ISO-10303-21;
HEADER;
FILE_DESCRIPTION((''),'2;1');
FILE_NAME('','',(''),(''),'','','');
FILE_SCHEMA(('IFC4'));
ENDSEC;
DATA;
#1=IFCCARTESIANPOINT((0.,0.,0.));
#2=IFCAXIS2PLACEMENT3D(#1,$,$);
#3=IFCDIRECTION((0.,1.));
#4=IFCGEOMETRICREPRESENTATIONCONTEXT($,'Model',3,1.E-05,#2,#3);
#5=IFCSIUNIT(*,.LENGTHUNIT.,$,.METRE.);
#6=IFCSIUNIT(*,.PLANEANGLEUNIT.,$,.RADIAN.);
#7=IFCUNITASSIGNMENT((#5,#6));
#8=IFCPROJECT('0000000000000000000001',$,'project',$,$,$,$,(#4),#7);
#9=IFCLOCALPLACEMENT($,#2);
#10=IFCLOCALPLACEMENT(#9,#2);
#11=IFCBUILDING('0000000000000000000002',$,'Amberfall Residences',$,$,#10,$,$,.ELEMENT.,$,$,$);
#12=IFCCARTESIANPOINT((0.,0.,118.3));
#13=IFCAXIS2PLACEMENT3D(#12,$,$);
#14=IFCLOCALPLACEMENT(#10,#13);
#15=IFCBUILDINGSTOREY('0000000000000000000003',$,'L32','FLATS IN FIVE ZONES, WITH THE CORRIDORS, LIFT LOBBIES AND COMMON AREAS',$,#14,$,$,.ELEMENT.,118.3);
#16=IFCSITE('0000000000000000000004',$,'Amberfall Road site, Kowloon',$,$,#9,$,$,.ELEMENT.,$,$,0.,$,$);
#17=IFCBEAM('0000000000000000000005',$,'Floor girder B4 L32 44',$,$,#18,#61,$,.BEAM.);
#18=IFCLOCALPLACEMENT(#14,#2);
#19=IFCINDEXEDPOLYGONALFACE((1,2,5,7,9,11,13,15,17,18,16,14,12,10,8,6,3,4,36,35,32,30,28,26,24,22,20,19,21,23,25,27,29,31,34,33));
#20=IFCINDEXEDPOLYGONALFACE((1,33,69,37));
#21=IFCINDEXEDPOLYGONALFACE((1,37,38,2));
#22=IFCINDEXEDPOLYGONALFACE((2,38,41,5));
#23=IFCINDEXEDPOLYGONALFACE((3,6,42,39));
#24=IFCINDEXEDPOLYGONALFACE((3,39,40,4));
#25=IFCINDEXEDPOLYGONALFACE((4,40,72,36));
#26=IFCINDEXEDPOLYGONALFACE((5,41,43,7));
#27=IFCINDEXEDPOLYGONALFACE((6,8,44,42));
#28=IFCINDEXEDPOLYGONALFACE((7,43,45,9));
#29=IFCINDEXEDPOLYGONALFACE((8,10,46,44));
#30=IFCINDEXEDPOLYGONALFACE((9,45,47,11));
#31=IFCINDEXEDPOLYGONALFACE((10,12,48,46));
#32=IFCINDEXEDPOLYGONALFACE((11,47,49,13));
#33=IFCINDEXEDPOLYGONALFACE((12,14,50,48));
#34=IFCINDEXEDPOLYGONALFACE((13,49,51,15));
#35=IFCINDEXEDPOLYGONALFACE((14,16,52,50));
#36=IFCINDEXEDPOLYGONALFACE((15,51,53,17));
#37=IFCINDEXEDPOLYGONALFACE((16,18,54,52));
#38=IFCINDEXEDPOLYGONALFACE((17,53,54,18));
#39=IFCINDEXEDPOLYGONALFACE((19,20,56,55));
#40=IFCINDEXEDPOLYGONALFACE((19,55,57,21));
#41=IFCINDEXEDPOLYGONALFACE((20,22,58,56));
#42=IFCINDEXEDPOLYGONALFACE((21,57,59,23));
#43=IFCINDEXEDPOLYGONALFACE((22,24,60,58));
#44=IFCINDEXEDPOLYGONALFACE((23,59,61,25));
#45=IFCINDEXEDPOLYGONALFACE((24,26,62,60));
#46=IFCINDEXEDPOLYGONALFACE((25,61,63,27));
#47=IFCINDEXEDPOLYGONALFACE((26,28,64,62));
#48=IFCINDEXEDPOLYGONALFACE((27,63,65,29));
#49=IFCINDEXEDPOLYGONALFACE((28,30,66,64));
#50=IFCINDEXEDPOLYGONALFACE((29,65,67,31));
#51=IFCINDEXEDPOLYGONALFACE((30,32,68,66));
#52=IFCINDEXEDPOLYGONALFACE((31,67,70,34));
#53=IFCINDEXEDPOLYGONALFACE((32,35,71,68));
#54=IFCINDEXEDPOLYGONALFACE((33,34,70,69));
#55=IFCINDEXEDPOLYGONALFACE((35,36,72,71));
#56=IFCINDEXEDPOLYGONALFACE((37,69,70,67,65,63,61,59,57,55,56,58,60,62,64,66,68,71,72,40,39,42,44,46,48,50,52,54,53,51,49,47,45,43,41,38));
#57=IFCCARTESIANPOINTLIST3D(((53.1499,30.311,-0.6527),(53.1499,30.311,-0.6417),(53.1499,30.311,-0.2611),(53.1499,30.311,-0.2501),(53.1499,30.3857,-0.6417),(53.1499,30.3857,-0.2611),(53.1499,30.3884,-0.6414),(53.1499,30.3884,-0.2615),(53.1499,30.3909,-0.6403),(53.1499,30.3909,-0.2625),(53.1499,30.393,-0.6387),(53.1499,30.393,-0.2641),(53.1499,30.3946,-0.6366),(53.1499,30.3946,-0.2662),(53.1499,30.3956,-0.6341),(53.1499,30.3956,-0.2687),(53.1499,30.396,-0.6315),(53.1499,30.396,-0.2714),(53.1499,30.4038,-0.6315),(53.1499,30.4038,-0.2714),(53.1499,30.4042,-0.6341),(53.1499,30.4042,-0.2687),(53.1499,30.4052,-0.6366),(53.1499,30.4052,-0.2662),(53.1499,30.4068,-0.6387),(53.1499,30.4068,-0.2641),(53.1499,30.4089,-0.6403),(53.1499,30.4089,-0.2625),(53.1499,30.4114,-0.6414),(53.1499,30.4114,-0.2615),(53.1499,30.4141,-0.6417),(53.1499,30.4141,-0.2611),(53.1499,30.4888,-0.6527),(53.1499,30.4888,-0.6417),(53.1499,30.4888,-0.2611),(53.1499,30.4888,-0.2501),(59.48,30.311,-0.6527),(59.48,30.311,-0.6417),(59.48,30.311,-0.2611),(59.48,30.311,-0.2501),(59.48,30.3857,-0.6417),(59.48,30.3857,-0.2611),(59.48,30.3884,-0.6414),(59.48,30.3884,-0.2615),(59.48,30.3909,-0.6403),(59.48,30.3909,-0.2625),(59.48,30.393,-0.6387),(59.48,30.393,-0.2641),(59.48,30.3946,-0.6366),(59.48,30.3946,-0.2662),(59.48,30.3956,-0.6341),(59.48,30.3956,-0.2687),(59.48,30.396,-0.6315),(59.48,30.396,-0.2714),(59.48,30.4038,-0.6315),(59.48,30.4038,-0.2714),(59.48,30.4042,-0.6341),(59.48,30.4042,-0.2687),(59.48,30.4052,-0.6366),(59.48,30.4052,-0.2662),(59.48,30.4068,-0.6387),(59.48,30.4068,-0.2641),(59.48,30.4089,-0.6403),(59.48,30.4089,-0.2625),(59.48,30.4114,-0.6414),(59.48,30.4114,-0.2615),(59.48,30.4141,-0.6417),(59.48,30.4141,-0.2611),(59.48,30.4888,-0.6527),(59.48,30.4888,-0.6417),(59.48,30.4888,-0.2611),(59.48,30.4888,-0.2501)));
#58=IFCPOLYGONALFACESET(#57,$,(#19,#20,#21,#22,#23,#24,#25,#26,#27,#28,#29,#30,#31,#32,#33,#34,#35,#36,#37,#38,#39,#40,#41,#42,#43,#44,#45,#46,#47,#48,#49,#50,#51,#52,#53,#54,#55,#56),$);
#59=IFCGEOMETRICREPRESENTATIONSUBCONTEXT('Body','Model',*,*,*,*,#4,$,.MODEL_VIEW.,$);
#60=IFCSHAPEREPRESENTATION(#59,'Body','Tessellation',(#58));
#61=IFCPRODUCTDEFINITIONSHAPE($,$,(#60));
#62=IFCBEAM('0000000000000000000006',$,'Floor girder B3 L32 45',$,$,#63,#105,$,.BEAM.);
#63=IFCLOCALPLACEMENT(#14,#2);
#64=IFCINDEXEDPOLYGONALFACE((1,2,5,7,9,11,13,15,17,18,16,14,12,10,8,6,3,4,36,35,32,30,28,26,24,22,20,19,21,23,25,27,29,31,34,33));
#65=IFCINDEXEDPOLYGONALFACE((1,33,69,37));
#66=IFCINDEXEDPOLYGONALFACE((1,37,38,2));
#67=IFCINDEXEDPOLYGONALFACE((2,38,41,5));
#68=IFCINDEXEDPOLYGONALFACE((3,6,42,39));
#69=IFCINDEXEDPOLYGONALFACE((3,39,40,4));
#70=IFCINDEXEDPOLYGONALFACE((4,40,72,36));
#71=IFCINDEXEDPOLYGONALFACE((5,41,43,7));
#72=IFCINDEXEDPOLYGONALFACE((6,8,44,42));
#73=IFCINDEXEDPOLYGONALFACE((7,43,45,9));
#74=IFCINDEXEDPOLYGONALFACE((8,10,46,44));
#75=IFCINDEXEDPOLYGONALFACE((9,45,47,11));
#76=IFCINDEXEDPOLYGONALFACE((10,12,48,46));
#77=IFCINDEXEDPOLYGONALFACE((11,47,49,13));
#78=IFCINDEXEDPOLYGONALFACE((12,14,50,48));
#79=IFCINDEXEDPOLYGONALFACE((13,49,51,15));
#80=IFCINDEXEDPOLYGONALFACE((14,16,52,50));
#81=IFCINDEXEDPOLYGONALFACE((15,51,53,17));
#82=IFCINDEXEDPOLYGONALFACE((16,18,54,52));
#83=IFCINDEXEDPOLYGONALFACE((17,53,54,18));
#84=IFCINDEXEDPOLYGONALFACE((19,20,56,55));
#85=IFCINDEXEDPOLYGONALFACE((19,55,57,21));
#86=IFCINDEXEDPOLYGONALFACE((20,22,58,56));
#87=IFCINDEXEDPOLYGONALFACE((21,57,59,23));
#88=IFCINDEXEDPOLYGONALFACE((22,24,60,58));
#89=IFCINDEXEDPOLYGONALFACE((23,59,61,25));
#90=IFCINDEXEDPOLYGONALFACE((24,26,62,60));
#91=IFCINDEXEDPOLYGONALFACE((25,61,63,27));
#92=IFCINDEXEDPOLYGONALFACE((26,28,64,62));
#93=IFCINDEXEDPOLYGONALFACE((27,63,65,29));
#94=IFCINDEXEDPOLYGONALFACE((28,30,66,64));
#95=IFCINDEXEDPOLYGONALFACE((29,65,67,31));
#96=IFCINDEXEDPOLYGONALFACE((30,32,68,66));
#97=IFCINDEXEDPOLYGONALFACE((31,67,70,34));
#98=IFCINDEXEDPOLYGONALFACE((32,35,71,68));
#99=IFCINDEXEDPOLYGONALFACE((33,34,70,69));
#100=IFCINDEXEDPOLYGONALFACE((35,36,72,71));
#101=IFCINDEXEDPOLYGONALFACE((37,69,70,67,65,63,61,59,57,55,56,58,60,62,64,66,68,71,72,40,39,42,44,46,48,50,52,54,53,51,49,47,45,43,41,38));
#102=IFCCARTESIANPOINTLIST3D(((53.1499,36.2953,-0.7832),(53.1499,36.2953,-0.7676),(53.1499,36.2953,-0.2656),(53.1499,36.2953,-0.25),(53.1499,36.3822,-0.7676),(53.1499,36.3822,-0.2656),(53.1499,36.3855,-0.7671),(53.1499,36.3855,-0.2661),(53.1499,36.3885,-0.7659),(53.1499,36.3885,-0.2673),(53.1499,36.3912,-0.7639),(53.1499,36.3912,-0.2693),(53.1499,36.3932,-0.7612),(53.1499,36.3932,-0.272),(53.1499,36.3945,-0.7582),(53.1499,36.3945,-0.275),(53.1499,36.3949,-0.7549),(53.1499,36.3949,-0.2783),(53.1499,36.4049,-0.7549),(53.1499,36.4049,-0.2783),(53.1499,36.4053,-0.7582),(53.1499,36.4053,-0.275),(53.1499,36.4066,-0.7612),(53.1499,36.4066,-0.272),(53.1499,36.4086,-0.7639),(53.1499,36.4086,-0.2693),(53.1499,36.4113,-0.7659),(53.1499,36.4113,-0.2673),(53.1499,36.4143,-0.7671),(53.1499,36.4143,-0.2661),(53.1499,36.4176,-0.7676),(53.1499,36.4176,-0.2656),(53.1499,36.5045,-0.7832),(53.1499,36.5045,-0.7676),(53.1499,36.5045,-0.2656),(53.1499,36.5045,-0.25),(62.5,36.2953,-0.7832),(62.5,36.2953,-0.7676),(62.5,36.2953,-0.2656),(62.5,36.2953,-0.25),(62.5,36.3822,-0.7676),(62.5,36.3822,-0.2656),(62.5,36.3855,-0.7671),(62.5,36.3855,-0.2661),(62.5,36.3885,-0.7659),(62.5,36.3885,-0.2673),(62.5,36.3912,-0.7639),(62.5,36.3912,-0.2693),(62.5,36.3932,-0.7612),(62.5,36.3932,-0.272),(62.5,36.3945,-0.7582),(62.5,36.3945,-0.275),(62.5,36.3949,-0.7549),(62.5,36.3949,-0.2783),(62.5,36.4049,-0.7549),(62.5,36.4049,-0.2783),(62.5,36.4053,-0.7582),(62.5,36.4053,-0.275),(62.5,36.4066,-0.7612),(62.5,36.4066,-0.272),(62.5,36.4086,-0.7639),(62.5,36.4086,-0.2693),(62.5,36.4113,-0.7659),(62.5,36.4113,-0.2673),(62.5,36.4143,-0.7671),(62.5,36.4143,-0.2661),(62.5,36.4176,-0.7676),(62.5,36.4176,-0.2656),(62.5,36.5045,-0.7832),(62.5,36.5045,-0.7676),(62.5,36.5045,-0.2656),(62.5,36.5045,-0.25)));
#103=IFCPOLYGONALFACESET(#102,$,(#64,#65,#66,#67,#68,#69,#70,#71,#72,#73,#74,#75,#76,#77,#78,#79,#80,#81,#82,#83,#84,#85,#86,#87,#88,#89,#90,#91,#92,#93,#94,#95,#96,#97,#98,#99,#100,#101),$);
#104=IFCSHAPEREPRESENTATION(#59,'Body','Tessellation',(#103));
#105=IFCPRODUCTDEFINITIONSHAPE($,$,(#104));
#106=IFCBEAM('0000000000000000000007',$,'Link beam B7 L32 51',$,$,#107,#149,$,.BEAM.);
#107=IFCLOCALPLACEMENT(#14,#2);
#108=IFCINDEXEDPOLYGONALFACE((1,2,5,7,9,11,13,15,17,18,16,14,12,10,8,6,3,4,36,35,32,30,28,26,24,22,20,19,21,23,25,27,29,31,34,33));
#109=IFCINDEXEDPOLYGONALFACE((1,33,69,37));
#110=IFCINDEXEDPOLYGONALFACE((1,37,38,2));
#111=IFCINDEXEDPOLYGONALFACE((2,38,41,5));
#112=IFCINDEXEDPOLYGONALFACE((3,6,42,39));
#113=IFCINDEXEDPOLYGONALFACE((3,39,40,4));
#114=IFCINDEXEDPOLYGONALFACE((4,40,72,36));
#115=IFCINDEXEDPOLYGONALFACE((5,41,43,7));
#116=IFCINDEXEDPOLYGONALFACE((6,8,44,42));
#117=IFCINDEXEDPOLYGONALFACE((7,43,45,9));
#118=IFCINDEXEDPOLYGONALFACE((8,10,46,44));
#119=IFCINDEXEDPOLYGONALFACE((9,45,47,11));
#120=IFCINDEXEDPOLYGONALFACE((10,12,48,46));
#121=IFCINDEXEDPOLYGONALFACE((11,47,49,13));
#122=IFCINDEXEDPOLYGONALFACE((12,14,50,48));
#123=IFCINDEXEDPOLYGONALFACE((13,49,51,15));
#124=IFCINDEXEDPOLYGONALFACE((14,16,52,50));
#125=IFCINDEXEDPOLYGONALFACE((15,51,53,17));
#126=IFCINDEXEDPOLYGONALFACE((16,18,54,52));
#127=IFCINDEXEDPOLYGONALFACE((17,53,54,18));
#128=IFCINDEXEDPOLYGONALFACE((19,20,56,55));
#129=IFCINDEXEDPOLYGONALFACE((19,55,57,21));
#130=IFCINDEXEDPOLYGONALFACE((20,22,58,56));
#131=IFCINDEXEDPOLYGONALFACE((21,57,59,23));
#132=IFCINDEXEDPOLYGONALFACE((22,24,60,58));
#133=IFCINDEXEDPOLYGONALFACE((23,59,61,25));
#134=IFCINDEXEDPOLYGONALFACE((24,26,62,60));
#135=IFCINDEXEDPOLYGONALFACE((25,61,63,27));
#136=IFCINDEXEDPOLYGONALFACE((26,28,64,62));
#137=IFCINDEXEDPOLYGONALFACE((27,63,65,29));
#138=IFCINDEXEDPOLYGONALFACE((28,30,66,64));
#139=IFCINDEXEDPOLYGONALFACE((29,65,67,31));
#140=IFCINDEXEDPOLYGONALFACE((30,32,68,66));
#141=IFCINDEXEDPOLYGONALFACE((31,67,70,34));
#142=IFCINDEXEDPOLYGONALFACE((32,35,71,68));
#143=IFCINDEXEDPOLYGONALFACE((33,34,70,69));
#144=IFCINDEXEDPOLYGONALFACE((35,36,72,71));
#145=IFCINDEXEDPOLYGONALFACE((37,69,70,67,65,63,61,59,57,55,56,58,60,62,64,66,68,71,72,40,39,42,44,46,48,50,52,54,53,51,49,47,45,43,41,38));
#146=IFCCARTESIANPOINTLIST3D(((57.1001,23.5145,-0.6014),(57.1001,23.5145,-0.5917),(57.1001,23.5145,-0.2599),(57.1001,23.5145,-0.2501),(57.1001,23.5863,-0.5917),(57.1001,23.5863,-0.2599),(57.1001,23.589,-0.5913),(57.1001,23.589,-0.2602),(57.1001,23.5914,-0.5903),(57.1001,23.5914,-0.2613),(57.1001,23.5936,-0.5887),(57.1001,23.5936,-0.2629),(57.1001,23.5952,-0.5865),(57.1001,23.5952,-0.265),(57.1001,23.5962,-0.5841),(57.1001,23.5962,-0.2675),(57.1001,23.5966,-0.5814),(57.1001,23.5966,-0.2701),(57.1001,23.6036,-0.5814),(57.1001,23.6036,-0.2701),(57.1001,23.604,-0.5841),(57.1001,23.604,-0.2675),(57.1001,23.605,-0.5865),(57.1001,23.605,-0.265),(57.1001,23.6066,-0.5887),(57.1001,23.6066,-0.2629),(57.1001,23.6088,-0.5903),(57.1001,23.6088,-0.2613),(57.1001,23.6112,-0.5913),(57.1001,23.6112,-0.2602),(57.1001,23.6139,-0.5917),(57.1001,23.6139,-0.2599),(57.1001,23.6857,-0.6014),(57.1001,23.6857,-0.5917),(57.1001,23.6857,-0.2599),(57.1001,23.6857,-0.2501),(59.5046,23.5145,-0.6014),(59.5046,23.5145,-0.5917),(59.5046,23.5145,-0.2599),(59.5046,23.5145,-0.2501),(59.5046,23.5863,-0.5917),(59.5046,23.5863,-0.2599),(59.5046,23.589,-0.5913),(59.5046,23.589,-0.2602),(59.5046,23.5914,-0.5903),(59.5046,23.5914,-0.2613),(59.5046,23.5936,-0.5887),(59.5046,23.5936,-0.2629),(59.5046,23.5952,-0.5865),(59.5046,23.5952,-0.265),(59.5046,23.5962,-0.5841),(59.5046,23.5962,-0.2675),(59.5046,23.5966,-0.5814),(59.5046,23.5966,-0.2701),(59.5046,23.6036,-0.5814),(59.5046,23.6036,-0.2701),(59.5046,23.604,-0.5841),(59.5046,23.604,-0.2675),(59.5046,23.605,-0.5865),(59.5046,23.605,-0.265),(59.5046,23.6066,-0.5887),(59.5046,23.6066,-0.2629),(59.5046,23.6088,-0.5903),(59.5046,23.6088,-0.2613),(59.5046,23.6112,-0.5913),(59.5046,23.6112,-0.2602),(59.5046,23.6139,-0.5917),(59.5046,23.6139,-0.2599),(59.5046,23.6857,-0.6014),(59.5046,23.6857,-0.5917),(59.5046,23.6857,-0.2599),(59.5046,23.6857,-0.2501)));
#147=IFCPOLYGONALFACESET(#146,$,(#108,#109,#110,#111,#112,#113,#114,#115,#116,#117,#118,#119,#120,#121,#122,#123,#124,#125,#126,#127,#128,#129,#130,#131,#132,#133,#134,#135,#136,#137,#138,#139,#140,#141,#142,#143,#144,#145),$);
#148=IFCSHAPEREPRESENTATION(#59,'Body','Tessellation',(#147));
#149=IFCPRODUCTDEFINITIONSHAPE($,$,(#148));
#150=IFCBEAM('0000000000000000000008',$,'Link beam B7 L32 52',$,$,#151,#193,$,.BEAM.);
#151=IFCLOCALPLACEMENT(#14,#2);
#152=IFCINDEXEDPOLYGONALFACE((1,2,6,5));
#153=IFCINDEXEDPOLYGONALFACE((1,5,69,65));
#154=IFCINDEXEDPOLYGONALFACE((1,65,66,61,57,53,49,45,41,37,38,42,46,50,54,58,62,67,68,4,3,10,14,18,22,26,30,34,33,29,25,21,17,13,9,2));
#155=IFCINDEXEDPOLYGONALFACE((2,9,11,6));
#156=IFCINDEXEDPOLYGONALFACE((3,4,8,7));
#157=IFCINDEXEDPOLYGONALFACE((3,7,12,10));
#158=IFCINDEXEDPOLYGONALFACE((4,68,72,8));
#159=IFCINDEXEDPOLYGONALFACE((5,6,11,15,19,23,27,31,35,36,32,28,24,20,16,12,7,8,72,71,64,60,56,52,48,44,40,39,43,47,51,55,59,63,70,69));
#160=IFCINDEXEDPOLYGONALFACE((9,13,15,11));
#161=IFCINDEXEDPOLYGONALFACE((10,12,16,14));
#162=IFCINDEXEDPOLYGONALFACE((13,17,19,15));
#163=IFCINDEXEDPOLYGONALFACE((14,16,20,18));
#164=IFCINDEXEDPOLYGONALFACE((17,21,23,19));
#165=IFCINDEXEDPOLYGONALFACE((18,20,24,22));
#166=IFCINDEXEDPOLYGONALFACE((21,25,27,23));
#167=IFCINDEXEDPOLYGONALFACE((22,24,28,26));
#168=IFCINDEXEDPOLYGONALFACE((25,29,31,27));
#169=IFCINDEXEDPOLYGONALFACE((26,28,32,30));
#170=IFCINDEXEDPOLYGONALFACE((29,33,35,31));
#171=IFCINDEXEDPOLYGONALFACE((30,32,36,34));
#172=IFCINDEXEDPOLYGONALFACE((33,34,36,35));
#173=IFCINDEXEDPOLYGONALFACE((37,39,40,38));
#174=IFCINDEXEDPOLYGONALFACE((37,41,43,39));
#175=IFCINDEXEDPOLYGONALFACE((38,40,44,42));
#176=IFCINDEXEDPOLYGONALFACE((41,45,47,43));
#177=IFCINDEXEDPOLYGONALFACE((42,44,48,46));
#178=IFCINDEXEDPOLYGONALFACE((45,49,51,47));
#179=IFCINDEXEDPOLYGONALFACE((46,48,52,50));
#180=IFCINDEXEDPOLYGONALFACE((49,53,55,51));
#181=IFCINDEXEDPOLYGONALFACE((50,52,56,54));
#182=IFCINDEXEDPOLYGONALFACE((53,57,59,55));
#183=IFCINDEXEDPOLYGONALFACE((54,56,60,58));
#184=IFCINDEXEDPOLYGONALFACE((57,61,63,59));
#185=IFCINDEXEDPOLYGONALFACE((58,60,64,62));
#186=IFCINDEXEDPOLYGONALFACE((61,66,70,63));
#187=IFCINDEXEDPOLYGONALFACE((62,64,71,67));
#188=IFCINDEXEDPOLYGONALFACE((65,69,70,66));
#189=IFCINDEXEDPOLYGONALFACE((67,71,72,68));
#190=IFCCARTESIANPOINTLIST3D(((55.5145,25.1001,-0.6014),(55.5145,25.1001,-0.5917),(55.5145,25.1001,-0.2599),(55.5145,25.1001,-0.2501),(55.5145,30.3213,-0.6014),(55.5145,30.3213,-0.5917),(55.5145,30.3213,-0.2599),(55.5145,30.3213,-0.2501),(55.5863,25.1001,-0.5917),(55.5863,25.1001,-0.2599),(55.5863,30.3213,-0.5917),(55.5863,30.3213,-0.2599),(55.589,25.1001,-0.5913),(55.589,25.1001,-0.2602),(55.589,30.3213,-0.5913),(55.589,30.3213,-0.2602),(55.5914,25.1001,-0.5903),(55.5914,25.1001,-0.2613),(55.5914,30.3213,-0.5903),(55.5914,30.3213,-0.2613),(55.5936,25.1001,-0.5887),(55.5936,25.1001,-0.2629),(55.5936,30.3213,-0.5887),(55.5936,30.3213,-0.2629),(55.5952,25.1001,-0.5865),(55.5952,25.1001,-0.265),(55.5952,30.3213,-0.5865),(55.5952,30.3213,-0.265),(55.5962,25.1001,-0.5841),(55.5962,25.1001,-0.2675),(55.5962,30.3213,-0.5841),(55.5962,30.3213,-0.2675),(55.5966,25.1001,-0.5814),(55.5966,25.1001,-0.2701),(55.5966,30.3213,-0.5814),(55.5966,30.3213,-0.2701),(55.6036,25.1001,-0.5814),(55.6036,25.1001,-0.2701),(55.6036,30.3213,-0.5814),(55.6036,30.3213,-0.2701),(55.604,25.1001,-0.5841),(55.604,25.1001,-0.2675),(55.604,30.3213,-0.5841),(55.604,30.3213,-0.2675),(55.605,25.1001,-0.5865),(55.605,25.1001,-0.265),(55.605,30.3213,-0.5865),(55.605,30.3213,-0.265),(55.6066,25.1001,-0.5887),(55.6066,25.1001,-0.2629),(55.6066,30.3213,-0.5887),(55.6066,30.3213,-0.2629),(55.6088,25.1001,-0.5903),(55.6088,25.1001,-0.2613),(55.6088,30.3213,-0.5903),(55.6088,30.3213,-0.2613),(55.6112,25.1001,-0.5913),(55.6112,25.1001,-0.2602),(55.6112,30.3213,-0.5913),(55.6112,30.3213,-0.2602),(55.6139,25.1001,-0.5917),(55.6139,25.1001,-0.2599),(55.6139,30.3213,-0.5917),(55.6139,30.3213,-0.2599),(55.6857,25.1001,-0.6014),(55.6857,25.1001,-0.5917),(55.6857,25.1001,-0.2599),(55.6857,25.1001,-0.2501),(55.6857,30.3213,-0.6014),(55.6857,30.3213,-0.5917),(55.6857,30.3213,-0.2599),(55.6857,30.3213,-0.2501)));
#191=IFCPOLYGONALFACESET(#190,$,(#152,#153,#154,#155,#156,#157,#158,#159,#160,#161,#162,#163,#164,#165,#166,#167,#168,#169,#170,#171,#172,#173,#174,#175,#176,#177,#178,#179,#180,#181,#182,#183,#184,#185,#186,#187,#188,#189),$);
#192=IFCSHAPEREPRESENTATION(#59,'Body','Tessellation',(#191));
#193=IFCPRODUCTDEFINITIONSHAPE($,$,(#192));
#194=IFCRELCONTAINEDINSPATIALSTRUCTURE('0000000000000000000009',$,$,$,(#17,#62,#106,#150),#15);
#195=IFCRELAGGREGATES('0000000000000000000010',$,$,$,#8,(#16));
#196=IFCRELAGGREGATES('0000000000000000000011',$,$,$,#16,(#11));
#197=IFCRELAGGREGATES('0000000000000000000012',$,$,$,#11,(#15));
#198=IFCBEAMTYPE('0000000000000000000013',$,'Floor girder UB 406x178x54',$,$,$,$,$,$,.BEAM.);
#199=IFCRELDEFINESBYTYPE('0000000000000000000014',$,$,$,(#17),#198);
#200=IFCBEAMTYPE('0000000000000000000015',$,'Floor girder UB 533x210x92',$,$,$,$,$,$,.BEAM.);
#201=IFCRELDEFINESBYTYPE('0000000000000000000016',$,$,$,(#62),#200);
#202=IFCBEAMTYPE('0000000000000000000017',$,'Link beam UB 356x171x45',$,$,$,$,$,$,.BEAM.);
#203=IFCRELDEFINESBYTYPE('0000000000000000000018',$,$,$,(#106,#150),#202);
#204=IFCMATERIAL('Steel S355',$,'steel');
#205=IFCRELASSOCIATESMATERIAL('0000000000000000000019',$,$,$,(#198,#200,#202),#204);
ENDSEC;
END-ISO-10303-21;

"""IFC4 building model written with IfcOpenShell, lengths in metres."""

from ifc_helpers import new_model, si_unit, direction, frame, origin, origin_2d, place, context, subcontext, project, spatial, i_section, extrude, material, material_profile, profile_set, type_object, element, save


model = new_model("IFC4")

# Units and contexts
model_context = context("Model", 3, precision=1e-05, world=origin(), true_north=direction((0.0, 1.0)))
body_context = subcontext(model_context, "Body", "Model", "MODEL_VIEW")
ifc_project = project(units=[si_unit("LENGTHUNIT", "METRE"), si_unit("PLANEANGLEUNIT", "RADIAN")], contexts=[model_context])

# Site, building, storey
site_placement = place(None, origin())
site = spatial("IfcSite", under=ifc_project, at=site_placement, Name="Amberfall Road site, Kowloon", CompositionType="ELEMENT", RefElevation=0.0)
building_placement = place(site_placement, origin())
building = spatial("IfcBuilding", under=site, at=building_placement, Name="Amberfall Residences", CompositionType="ELEMENT")
storey_placement = place(building_placement, frame((0.0, 0.0, 118.3)))
storey = spatial("IfcBuildingStorey", under=building, at=storey_placement, Name="L32", Description="FLATS IN FIVE ZONES, WITH THE CORRIDORS, LIFT LOBBIES AND COMMON AREAS", CompositionType="ELEMENT", Elevation=118.3)

# Beams
ifc_material_1 = material(Name="Steel S355", Category="steel")
ifc_material_profile_1 = material_profile(ifc_material_1, i_section(OverallWidth=0.1777, OverallDepth=0.4026, WebThickness=0.0078, FlangeThickness=0.011, FilletRadius=0.0103, at=origin_2d()), Name="UB 406x178x54")
ifc_profile_set_1 = profile_set([ifc_material_profile_1], Name="Steel S355")
beam_type_1 = type_object("IfcBeamType", Name="Floor girder UB 406x178x54", PredefinedType="BEAM", material=ifc_profile_set_1)
beam_1_placement = place(storey_placement, frame((53.1499, 30.3999, -0.4514), z_axis=(1.0, 0.0, 0.0), x_axis=(0.0, 1.0, 0.0)))
element("IfcBeam", 1, at=beam_1_placement, inside=storey, type_object=beam_type_1, Name="Floor girder B4 L32 44", PredefinedType="BEAM", context=body_context, shape_type="SweptSolid", body=[
    extrude(i_section(OverallWidth=0.1777, OverallDepth=0.4026, WebThickness=0.0078, FlangeThickness=0.011, FilletRadius=0.0103, at=origin_2d()), origin(), (0.0, 0.0, 1.0), 6.3301),
])
ifc_material_profile_2 = material_profile(ifc_material_1, i_section(OverallWidth=0.2092, OverallDepth=0.5332, WebThickness=0.01, FlangeThickness=0.0156, FilletRadius=0.0127, at=origin_2d()), Name="UB 533x210x92")
ifc_profile_set_2 = profile_set([ifc_material_profile_2], Name="Steel S355")
beam_type_2 = type_object("IfcBeamType", Name="Floor girder UB 533x210x92", PredefinedType="BEAM", material=ifc_profile_set_2)
beam_2_placement = place(storey_placement, frame((53.1499, 36.3999, -0.5166), z_axis=(1.0, 0.0, 0.0), x_axis=(0.0, 1.0, 0.0)))
element("IfcBeam", 2, at=beam_2_placement, inside=storey, type_object=beam_type_2, Name="Floor girder B3 L32 45", PredefinedType="BEAM", context=body_context, shape_type="SweptSolid", body=[
    extrude(i_section(OverallWidth=0.2092, OverallDepth=0.5332, WebThickness=0.01, FlangeThickness=0.0156, FilletRadius=0.0127, at=origin_2d()), origin(), (0.0, 0.0, 1.0), 9.3501),
])
ifc_material_profile_3 = material_profile(ifc_material_1, i_section(OverallWidth=0.1711, OverallDepth=0.3513, WebThickness=0.0071, FlangeThickness=0.0098, FilletRadius=0.0103, at=origin_2d()), Name="UB 356x171x45")
ifc_profile_set_3 = profile_set([ifc_material_profile_3], Name="Steel S355")
beam_type_3 = type_object("IfcBeamType", Name="Link beam UB 356x171x45", PredefinedType="BEAM", material=ifc_profile_set_3)
beam_3_placement = place(storey_placement, frame((57.1001, 23.6001, -0.4258), z_axis=(1.0, 0.0, 0.0), x_axis=(0.0, 1.0, 0.0)))
element("IfcBeam", 3, at=beam_3_placement, inside=storey, type_object=beam_type_3, Name="Link beam B7 L32 51", PredefinedType="BEAM", context=body_context, shape_type="SweptSolid", body=[
    extrude(i_section(OverallWidth=0.1711, OverallDepth=0.3513, WebThickness=0.0071, FlangeThickness=0.0098, FilletRadius=0.0103, at=origin_2d()), origin(), (0.0, 0.0, 1.0), 2.4045),
])
beam_4_placement = place(storey_placement, frame((55.6001, 25.1001, -0.4258), z_axis=(0.0, 1.0, 0.0), x_axis=(-1.0, 0.0, 0.0)))
element("IfcBeam", 4, at=beam_4_placement, inside=storey, type_object=beam_type_3, Name="Link beam B7 L32 52", PredefinedType="BEAM", context=body_context, shape_type="SweptSolid", body=[
    extrude(i_section(OverallWidth=0.1711, OverallDepth=0.3513, WebThickness=0.0071, FlangeThickness=0.0098, FilletRadius=0.0103, at=origin_2d()), origin(), (0.0, 0.0, 1.0), 5.2212),
])

save(model, "model.ifc")
